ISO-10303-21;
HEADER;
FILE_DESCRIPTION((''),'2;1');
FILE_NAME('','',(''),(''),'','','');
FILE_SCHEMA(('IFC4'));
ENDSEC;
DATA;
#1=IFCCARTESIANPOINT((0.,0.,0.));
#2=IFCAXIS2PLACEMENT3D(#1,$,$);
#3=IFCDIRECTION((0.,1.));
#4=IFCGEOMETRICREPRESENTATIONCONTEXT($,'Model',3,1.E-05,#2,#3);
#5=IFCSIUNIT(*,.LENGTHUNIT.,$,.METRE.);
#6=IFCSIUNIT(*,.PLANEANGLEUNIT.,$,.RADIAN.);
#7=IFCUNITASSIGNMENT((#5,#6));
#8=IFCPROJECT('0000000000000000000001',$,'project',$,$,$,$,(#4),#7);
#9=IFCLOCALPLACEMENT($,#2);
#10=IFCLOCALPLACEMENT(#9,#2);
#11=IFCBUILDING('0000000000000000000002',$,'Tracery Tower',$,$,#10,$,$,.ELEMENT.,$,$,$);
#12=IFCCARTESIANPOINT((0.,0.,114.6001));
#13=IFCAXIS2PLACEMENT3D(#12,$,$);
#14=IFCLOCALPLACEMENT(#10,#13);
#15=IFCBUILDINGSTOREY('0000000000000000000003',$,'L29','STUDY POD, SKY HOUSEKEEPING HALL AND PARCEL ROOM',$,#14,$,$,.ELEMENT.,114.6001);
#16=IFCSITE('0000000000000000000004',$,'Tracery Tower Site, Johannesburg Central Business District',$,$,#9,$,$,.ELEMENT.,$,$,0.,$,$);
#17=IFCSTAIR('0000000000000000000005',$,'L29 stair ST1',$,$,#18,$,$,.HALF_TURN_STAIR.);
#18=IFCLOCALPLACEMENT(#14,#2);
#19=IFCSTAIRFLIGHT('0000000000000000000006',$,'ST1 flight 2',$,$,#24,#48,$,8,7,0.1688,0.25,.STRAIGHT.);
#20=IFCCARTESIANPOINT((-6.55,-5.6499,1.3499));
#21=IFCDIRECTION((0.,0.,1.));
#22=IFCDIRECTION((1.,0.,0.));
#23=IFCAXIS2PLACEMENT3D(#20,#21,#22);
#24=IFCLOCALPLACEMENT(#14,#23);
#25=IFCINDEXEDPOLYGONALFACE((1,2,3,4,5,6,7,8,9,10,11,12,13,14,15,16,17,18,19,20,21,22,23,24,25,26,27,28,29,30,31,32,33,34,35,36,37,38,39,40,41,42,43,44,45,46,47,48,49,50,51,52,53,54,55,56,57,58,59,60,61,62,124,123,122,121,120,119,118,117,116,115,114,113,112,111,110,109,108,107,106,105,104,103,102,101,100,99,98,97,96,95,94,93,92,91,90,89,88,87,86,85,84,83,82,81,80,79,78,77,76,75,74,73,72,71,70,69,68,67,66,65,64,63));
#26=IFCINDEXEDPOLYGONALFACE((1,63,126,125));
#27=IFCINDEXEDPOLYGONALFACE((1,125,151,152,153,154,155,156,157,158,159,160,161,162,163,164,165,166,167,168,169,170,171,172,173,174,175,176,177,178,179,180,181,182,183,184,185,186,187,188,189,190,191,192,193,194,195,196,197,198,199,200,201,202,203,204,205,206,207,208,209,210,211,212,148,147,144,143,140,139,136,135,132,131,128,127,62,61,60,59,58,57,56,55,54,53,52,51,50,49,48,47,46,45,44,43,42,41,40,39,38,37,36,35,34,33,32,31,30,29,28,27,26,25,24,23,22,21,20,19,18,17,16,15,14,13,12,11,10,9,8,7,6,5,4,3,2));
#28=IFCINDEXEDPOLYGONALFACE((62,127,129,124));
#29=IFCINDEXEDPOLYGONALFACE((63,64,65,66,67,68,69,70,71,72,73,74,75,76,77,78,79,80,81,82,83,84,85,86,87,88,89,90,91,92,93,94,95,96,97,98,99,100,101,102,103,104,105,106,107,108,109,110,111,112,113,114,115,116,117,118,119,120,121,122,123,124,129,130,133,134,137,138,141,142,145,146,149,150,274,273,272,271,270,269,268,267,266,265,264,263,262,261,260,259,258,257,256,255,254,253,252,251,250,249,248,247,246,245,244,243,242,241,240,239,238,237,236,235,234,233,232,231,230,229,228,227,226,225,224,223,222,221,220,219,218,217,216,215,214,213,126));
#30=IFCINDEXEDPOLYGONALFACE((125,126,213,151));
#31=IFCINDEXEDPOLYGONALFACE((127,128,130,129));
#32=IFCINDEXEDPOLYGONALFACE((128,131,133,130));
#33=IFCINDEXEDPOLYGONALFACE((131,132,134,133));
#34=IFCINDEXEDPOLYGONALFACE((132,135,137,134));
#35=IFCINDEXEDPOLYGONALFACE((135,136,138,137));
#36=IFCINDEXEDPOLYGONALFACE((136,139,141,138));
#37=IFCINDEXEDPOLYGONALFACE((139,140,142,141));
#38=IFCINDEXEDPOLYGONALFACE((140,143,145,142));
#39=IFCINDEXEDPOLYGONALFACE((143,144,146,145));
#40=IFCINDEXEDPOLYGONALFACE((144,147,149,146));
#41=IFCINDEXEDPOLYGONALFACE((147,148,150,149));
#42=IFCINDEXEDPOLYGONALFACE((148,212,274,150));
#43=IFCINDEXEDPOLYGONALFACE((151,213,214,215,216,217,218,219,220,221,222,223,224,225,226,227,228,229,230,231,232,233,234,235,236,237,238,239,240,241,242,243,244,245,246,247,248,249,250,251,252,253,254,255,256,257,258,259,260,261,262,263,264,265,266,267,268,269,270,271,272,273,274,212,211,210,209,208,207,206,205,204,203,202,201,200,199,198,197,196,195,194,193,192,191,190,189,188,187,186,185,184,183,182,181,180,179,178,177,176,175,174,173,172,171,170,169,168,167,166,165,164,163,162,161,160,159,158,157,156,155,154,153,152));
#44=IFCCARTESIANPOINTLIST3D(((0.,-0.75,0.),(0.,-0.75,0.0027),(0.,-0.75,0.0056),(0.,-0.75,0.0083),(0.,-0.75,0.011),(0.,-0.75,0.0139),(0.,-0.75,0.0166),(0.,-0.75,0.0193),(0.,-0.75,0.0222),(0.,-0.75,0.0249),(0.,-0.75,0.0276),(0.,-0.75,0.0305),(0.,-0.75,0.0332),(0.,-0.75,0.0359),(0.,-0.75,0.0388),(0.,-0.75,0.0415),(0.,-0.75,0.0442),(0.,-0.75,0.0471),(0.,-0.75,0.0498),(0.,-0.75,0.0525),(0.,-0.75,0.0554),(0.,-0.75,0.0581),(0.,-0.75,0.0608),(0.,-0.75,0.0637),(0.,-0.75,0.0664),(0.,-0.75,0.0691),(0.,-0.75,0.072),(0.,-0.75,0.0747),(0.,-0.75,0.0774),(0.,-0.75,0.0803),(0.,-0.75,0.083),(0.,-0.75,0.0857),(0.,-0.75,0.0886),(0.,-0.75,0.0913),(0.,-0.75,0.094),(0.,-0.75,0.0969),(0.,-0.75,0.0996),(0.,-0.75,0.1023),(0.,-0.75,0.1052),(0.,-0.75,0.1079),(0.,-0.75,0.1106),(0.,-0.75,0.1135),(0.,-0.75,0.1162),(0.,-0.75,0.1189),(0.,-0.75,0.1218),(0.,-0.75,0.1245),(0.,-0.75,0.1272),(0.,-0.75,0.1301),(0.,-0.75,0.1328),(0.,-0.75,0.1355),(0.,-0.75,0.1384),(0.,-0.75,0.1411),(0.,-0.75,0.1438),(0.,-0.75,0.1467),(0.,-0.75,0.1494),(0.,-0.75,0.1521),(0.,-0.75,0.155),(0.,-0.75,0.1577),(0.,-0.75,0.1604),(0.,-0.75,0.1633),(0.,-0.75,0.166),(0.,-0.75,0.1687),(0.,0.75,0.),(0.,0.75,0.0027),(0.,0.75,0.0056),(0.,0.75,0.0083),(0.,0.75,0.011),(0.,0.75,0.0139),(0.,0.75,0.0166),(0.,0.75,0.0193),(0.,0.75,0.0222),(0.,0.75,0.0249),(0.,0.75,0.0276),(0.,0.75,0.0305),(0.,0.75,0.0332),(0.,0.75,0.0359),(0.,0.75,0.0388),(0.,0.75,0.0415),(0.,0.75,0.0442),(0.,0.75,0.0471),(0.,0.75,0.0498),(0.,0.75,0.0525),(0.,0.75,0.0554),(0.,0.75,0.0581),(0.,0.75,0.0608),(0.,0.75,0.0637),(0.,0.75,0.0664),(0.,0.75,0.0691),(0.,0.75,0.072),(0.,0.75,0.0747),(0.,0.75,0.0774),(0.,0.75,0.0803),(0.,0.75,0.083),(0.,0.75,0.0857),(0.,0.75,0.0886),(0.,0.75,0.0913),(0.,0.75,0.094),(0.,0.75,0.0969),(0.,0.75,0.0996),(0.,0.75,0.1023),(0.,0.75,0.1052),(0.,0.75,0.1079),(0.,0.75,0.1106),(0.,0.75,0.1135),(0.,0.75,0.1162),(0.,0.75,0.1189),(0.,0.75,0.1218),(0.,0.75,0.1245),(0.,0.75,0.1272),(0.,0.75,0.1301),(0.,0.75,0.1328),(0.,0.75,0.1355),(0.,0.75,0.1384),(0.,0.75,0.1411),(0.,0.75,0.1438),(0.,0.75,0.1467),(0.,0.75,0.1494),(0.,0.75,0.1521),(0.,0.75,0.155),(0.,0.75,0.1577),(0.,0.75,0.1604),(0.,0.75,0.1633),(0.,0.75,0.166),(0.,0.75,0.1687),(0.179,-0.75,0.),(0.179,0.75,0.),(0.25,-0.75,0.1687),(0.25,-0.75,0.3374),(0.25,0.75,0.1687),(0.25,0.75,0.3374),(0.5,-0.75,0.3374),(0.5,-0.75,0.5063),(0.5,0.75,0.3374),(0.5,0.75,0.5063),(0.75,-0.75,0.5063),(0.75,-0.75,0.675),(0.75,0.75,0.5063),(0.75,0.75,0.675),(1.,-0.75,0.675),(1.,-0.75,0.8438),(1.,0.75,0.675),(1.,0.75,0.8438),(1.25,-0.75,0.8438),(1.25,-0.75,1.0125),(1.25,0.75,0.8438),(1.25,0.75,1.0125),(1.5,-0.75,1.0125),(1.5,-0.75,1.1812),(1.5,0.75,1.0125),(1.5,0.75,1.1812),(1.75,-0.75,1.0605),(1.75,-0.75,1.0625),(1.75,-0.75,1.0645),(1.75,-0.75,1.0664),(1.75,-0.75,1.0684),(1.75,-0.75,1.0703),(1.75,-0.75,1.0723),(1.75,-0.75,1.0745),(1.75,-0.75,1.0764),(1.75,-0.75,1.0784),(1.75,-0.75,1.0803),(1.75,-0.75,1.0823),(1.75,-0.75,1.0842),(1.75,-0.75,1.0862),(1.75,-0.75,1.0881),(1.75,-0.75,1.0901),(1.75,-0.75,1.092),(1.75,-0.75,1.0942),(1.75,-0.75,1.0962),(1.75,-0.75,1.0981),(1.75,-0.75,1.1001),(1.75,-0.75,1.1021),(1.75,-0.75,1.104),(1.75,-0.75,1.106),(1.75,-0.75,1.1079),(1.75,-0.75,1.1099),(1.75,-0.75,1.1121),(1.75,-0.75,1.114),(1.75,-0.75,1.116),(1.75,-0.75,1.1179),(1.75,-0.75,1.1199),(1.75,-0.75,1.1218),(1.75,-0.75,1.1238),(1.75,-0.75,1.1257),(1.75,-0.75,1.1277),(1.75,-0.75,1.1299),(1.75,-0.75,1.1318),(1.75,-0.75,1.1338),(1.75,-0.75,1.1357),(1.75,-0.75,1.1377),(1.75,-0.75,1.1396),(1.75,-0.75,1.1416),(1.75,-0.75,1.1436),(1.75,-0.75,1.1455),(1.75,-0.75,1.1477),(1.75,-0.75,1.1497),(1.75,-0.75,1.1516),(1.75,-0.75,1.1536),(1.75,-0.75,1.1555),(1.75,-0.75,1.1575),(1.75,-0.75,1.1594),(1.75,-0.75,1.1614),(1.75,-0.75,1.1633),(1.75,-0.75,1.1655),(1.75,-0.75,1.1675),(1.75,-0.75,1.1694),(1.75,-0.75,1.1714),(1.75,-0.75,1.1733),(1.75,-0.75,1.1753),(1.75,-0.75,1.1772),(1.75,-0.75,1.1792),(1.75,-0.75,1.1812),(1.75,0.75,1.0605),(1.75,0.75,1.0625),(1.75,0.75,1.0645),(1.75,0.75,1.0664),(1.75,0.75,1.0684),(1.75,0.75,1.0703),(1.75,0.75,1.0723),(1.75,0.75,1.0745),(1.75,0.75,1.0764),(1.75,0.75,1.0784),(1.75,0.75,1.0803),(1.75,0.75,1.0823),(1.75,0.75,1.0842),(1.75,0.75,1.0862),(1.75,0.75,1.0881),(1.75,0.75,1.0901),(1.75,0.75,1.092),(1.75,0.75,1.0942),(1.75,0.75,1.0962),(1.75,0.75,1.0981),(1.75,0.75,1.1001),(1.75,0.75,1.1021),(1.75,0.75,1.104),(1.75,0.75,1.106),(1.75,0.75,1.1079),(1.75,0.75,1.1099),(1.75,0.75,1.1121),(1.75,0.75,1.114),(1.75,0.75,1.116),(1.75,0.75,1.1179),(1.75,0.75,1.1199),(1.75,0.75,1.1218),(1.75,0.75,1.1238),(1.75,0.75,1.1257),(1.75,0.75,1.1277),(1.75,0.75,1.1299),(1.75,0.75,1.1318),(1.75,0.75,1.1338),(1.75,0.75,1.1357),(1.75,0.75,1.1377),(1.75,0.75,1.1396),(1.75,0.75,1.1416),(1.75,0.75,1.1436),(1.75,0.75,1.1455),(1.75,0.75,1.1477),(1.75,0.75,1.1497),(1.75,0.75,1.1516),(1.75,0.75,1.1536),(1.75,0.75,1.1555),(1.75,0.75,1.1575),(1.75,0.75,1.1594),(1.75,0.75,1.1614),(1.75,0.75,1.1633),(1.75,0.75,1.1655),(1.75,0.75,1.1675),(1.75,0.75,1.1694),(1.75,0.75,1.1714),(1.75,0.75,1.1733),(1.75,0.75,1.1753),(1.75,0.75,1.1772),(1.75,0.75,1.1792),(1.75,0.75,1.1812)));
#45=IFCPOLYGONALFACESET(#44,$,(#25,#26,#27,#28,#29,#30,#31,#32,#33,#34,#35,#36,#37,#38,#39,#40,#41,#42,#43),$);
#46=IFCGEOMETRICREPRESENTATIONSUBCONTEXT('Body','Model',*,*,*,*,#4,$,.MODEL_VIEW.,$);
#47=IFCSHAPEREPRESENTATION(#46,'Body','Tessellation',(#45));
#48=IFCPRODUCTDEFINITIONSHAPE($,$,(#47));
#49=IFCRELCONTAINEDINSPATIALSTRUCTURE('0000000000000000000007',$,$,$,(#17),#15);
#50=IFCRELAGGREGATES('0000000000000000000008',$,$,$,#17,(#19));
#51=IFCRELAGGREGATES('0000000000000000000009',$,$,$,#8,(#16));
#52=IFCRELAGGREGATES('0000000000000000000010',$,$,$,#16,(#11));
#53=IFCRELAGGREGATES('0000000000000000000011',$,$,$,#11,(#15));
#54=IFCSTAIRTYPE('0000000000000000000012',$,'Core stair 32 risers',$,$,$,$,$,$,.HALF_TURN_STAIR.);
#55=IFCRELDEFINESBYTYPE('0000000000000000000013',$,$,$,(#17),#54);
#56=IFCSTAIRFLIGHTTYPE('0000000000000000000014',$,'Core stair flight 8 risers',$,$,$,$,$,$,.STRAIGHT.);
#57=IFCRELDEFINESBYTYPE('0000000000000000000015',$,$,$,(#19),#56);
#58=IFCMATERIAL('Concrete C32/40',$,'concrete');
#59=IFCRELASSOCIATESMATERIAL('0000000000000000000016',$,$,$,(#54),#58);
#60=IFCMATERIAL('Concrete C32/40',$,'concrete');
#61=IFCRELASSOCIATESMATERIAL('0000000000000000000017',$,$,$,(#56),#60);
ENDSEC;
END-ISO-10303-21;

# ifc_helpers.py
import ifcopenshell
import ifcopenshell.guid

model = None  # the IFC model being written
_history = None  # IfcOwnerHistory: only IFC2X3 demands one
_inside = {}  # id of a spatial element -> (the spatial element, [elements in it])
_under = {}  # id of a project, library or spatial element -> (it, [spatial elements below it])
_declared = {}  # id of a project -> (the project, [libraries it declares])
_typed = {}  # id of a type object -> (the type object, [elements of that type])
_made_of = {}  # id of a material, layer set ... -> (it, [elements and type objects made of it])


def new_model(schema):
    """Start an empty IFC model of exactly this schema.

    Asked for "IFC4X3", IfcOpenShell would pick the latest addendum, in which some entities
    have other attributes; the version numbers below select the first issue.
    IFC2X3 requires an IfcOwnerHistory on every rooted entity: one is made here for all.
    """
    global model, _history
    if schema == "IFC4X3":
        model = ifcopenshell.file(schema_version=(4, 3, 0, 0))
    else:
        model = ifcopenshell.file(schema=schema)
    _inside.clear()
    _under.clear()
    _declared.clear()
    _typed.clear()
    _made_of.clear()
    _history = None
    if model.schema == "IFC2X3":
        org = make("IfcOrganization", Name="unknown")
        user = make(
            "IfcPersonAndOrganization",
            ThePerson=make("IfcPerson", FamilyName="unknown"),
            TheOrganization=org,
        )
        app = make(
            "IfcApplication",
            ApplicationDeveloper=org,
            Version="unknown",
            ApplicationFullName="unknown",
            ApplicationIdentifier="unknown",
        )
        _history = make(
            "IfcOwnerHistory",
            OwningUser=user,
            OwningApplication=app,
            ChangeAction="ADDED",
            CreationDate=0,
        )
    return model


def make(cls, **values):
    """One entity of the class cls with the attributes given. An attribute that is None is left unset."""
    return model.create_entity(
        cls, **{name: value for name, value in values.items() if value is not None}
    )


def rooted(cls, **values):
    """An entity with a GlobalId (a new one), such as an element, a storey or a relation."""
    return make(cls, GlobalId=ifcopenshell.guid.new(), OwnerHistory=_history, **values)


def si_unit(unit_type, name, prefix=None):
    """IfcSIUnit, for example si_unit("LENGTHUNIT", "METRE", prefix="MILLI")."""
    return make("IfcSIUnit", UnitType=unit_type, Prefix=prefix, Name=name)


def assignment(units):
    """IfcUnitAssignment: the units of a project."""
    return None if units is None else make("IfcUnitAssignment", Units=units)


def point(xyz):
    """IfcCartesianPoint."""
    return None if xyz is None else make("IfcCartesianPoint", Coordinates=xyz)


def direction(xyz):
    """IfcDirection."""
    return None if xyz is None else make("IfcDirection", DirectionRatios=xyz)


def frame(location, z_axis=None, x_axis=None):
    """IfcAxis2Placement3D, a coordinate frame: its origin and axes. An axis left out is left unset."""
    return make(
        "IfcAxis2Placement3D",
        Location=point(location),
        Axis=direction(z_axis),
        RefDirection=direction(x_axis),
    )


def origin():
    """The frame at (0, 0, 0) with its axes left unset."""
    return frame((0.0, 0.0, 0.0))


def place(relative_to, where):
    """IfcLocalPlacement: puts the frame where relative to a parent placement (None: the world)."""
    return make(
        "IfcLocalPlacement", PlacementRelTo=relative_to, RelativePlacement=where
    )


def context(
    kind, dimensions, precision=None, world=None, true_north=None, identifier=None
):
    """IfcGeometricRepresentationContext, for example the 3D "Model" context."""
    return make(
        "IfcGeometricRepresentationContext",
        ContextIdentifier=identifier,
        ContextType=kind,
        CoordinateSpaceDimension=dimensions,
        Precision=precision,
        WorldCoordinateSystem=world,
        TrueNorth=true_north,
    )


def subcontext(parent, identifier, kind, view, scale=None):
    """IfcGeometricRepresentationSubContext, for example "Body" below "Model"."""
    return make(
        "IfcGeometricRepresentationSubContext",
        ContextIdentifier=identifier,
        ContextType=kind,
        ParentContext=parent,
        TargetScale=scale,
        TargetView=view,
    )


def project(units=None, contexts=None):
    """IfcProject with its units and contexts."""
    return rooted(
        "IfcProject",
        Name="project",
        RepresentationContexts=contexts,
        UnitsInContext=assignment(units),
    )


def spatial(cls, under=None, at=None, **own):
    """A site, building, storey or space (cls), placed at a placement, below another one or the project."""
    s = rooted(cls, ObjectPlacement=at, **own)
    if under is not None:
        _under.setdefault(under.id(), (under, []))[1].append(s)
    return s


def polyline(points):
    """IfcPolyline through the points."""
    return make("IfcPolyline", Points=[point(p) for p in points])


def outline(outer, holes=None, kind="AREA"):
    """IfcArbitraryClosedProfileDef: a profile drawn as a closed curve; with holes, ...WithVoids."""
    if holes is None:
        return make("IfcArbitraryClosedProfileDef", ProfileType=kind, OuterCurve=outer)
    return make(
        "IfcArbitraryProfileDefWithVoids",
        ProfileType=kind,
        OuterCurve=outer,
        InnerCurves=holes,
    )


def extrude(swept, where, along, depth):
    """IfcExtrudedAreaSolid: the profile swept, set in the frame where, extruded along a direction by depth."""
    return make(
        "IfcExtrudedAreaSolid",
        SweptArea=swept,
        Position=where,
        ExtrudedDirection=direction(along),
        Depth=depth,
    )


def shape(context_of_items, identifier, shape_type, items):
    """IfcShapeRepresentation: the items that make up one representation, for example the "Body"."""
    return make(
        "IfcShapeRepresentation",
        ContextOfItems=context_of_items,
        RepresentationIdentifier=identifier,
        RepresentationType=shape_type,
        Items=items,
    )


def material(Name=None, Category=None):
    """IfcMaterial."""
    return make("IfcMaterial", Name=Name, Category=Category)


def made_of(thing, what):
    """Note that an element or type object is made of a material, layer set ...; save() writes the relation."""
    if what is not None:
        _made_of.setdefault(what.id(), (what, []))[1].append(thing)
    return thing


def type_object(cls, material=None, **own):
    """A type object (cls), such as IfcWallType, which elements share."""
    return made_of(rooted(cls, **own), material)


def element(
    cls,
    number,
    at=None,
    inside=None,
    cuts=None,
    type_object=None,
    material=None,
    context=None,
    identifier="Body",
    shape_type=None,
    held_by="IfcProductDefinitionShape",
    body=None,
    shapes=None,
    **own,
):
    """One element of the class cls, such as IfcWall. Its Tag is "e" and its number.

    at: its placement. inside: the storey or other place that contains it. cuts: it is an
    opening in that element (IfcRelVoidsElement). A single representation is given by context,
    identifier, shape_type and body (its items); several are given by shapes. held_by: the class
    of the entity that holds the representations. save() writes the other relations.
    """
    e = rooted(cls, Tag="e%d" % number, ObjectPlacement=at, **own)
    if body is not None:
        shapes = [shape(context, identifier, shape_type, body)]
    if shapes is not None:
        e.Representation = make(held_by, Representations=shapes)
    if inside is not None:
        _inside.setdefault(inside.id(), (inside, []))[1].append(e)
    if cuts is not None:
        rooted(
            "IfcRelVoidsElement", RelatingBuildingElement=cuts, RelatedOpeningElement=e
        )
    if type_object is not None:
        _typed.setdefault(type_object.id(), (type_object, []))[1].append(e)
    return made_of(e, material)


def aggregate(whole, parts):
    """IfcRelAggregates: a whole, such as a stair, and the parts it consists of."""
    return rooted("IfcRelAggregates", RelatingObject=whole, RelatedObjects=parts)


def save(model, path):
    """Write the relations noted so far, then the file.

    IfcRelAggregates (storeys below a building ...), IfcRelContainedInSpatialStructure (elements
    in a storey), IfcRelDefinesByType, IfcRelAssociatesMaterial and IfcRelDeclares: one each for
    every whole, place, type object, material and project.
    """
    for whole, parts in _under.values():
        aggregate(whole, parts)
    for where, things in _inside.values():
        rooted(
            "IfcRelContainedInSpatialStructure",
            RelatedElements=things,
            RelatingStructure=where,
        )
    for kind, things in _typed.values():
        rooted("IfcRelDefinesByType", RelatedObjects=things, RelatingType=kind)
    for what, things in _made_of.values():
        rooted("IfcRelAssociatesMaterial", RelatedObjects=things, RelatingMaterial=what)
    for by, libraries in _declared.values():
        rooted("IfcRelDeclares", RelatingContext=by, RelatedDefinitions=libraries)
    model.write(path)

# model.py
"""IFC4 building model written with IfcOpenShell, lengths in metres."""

from ifc_helpers import new_model, si_unit, direction, frame, origin, place, context, subcontext, project, spatial, polyline, outline, extrude, material, type_object, element, aggregate, save


model = new_model("IFC4")

# Units and contexts
model_context = context("Model", 3, precision=1e-05, world=origin(), true_north=direction((0.0, 1.0)))
body_context = subcontext(model_context, "Body", "Model", "MODEL_VIEW")
ifc_project = project(units=[si_unit("LENGTHUNIT", "METRE"), si_unit("PLANEANGLEUNIT", "RADIAN")], contexts=[model_context])

# Site, building, storey
site_placement = place(None, origin())
site = spatial("IfcSite", under=ifc_project, at=site_placement, Name="Tracery Tower Site, Johannesburg Central Business District", CompositionType="ELEMENT", RefElevation=0.0)
building_placement = place(site_placement, origin())
building = spatial("IfcBuilding", under=site, at=building_placement, Name="Tracery Tower", CompositionType="ELEMENT")
storey_placement = place(building_placement, frame((0.0, 0.0, 114.6001)))
storey = spatial("IfcBuildingStorey", under=building, at=storey_placement, Name="L29", Description="STUDY POD, SKY HOUSEKEEPING HALL AND PARCEL ROOM", CompositionType="ELEMENT", Elevation=114.6001)

# Stair, stair flight
ifc_material_1 = material(Name="Concrete C32/40", Category="concrete")
stair_type = type_object("IfcStairType", Name="Core stair 32 risers", PredefinedType="HALF_TURN_STAIR", material=ifc_material_1)
stair_placement = place(storey_placement, origin())
stair = element("IfcStair", 1, at=stair_placement, inside=storey, type_object=stair_type, Name="L29 stair ST1", PredefinedType="HALF_TURN_STAIR")
ifc_material_2 = material(Name="Concrete C32/40", Category="concrete")
stair_flight_type = type_object("IfcStairFlightType", Name="Core stair flight 8 risers", PredefinedType="STRAIGHT", material=ifc_material_2)
stair_flight_1_placement = place(storey_placement, frame((-6.55, -5.6499, 1.3499), z_axis=(0.0, 0.0, 1.0), x_axis=(1.0, 0.0, 0.0)))
stair_flight_1 = element("IfcStairFlight", 2, at=stair_flight_1_placement, type_object=stair_flight_type, Name="ST1 flight 2", NumberOfRisers=8, NumberOfTreads=7, PredefinedType="STRAIGHT", RiserHeight=0.1688, TreadLength=0.25, context=body_context, shape_type="SweptSolid", body=[
    extrude(outline(polyline([(0.0, 0.0), (0.0, 0.0027), (0.0, 0.0056), (0.0, 0.0083), (0.0, 0.011), (0.0, 0.0139), (0.0, 0.0166), (0.0, 0.0193), (0.0, 0.0222), (0.0, 0.0249), (0.0, 0.0276), (0.0, 0.0305), (0.0, 0.0332), (0.0, 0.0359), (0.0, 0.0388), (0.0, 0.0415), (0.0, 0.0442), (0.0, 0.0471), (0.0, 0.0498), (0.0, 0.0525), (0.0, 0.0554), (0.0, 0.0581), (0.0, 0.0608), (0.0, 0.0637), (0.0, 0.0664), (0.0, 0.0691), (0.0, 0.072), (0.0, 0.0747), (0.0, 0.0774), (0.0, 0.0803), (0.0, 0.083), (0.0, 0.0857), (0.0, 0.0886), (0.0, 0.0913), (0.0, 0.094), (0.0, 0.0969), (0.0, 0.0996), (0.0, 0.1023), (0.0, 0.1052), (0.0, 0.1079), (0.0, 0.1106), (0.0, 0.1135), (0.0, 0.1162), (0.0, 0.1189), (0.0, 0.1218), (0.0, 0.1245), (0.0, 0.1272), (0.0, 0.1301), (0.0, 0.1328), (0.0, 0.1355), (0.0, 0.1384), (0.0, 0.1411), (0.0, 0.1438), (0.0, 0.1467), (0.0, 0.1494), (0.0, 0.1521), (0.0, 0.155), (0.0, 0.1577), (0.0, 0.1604), (0.0, 0.1633), (0.0, 0.166), (0.0, 0.1687), (0.25, 0.1687), (0.25, 0.3374), (0.5, 0.3374), (0.5, 0.5063), (0.75, 0.5063), (0.75, 0.675), (1.0, 0.675), (1.0, 0.8438), (1.25, 0.8438), (1.25, 1.0125), (1.5, 1.0125), (1.5, 1.1812), (1.75, 1.1812), (1.75, 1.1792), (1.75, 1.1772), (1.75, 1.1753), (1.75, 1.1733), (1.75, 1.1714), (1.75, 1.1694), (1.75, 1.1675), (1.75, 1.1655), (1.75, 1.1633), (1.75, 1.1614), (1.75, 1.1594), (1.75, 1.1575), (1.75, 1.1555), (1.75, 1.1536), (1.75, 1.1516), (1.75, 1.1497), (1.75, 1.1477), (1.75, 1.1455), (1.75, 1.1436), (1.75, 1.1416), (1.75, 1.1396), (1.75, 1.1377), (1.75, 1.1357), (1.75, 1.1338), (1.75, 1.1318), (1.75, 1.1299), (1.75, 1.1277), (1.75, 1.1257), (1.75, 1.1238), (1.75, 1.1218), (1.75, 1.1199), (1.75, 1.1179), (1.75, 1.116), (1.75, 1.114), (1.75, 1.1121), (1.75, 1.1099), (1.75, 1.1079), (1.75, 1.106), (1.75, 1.104), (1.75, 1.1021), (1.75, 1.1001), (1.75, 1.0981), (1.75, 1.0962), (1.75, 1.0942), (1.75, 1.092), (1.75, 1.0901), (1.75, 1.0881), (1.75, 1.0862), (1.75, 1.0842), (1.75, 1.0823), (1.75, 1.0803), (1.75, 1.0784), (1.75, 1.0764), (1.75, 1.0745), (1.75, 1.0723), (1.75, 1.0703), (1.75, 1.0684), (1.75, 1.0664), (1.75, 1.0645), (1.75, 1.0625), (1.75, 1.0605), (0.179, 0.0), (0.0, 0.0)])), frame((0.0, 0.75, 0.0), z_axis=(0.0, -1.0, 0.0), x_axis=(1.0, 0.0, 0.0)), (0.0, 0.0, 1.0), 1.5),
])
aggregate(stair, [stair_flight_1])

save(model, "model.ifc")
